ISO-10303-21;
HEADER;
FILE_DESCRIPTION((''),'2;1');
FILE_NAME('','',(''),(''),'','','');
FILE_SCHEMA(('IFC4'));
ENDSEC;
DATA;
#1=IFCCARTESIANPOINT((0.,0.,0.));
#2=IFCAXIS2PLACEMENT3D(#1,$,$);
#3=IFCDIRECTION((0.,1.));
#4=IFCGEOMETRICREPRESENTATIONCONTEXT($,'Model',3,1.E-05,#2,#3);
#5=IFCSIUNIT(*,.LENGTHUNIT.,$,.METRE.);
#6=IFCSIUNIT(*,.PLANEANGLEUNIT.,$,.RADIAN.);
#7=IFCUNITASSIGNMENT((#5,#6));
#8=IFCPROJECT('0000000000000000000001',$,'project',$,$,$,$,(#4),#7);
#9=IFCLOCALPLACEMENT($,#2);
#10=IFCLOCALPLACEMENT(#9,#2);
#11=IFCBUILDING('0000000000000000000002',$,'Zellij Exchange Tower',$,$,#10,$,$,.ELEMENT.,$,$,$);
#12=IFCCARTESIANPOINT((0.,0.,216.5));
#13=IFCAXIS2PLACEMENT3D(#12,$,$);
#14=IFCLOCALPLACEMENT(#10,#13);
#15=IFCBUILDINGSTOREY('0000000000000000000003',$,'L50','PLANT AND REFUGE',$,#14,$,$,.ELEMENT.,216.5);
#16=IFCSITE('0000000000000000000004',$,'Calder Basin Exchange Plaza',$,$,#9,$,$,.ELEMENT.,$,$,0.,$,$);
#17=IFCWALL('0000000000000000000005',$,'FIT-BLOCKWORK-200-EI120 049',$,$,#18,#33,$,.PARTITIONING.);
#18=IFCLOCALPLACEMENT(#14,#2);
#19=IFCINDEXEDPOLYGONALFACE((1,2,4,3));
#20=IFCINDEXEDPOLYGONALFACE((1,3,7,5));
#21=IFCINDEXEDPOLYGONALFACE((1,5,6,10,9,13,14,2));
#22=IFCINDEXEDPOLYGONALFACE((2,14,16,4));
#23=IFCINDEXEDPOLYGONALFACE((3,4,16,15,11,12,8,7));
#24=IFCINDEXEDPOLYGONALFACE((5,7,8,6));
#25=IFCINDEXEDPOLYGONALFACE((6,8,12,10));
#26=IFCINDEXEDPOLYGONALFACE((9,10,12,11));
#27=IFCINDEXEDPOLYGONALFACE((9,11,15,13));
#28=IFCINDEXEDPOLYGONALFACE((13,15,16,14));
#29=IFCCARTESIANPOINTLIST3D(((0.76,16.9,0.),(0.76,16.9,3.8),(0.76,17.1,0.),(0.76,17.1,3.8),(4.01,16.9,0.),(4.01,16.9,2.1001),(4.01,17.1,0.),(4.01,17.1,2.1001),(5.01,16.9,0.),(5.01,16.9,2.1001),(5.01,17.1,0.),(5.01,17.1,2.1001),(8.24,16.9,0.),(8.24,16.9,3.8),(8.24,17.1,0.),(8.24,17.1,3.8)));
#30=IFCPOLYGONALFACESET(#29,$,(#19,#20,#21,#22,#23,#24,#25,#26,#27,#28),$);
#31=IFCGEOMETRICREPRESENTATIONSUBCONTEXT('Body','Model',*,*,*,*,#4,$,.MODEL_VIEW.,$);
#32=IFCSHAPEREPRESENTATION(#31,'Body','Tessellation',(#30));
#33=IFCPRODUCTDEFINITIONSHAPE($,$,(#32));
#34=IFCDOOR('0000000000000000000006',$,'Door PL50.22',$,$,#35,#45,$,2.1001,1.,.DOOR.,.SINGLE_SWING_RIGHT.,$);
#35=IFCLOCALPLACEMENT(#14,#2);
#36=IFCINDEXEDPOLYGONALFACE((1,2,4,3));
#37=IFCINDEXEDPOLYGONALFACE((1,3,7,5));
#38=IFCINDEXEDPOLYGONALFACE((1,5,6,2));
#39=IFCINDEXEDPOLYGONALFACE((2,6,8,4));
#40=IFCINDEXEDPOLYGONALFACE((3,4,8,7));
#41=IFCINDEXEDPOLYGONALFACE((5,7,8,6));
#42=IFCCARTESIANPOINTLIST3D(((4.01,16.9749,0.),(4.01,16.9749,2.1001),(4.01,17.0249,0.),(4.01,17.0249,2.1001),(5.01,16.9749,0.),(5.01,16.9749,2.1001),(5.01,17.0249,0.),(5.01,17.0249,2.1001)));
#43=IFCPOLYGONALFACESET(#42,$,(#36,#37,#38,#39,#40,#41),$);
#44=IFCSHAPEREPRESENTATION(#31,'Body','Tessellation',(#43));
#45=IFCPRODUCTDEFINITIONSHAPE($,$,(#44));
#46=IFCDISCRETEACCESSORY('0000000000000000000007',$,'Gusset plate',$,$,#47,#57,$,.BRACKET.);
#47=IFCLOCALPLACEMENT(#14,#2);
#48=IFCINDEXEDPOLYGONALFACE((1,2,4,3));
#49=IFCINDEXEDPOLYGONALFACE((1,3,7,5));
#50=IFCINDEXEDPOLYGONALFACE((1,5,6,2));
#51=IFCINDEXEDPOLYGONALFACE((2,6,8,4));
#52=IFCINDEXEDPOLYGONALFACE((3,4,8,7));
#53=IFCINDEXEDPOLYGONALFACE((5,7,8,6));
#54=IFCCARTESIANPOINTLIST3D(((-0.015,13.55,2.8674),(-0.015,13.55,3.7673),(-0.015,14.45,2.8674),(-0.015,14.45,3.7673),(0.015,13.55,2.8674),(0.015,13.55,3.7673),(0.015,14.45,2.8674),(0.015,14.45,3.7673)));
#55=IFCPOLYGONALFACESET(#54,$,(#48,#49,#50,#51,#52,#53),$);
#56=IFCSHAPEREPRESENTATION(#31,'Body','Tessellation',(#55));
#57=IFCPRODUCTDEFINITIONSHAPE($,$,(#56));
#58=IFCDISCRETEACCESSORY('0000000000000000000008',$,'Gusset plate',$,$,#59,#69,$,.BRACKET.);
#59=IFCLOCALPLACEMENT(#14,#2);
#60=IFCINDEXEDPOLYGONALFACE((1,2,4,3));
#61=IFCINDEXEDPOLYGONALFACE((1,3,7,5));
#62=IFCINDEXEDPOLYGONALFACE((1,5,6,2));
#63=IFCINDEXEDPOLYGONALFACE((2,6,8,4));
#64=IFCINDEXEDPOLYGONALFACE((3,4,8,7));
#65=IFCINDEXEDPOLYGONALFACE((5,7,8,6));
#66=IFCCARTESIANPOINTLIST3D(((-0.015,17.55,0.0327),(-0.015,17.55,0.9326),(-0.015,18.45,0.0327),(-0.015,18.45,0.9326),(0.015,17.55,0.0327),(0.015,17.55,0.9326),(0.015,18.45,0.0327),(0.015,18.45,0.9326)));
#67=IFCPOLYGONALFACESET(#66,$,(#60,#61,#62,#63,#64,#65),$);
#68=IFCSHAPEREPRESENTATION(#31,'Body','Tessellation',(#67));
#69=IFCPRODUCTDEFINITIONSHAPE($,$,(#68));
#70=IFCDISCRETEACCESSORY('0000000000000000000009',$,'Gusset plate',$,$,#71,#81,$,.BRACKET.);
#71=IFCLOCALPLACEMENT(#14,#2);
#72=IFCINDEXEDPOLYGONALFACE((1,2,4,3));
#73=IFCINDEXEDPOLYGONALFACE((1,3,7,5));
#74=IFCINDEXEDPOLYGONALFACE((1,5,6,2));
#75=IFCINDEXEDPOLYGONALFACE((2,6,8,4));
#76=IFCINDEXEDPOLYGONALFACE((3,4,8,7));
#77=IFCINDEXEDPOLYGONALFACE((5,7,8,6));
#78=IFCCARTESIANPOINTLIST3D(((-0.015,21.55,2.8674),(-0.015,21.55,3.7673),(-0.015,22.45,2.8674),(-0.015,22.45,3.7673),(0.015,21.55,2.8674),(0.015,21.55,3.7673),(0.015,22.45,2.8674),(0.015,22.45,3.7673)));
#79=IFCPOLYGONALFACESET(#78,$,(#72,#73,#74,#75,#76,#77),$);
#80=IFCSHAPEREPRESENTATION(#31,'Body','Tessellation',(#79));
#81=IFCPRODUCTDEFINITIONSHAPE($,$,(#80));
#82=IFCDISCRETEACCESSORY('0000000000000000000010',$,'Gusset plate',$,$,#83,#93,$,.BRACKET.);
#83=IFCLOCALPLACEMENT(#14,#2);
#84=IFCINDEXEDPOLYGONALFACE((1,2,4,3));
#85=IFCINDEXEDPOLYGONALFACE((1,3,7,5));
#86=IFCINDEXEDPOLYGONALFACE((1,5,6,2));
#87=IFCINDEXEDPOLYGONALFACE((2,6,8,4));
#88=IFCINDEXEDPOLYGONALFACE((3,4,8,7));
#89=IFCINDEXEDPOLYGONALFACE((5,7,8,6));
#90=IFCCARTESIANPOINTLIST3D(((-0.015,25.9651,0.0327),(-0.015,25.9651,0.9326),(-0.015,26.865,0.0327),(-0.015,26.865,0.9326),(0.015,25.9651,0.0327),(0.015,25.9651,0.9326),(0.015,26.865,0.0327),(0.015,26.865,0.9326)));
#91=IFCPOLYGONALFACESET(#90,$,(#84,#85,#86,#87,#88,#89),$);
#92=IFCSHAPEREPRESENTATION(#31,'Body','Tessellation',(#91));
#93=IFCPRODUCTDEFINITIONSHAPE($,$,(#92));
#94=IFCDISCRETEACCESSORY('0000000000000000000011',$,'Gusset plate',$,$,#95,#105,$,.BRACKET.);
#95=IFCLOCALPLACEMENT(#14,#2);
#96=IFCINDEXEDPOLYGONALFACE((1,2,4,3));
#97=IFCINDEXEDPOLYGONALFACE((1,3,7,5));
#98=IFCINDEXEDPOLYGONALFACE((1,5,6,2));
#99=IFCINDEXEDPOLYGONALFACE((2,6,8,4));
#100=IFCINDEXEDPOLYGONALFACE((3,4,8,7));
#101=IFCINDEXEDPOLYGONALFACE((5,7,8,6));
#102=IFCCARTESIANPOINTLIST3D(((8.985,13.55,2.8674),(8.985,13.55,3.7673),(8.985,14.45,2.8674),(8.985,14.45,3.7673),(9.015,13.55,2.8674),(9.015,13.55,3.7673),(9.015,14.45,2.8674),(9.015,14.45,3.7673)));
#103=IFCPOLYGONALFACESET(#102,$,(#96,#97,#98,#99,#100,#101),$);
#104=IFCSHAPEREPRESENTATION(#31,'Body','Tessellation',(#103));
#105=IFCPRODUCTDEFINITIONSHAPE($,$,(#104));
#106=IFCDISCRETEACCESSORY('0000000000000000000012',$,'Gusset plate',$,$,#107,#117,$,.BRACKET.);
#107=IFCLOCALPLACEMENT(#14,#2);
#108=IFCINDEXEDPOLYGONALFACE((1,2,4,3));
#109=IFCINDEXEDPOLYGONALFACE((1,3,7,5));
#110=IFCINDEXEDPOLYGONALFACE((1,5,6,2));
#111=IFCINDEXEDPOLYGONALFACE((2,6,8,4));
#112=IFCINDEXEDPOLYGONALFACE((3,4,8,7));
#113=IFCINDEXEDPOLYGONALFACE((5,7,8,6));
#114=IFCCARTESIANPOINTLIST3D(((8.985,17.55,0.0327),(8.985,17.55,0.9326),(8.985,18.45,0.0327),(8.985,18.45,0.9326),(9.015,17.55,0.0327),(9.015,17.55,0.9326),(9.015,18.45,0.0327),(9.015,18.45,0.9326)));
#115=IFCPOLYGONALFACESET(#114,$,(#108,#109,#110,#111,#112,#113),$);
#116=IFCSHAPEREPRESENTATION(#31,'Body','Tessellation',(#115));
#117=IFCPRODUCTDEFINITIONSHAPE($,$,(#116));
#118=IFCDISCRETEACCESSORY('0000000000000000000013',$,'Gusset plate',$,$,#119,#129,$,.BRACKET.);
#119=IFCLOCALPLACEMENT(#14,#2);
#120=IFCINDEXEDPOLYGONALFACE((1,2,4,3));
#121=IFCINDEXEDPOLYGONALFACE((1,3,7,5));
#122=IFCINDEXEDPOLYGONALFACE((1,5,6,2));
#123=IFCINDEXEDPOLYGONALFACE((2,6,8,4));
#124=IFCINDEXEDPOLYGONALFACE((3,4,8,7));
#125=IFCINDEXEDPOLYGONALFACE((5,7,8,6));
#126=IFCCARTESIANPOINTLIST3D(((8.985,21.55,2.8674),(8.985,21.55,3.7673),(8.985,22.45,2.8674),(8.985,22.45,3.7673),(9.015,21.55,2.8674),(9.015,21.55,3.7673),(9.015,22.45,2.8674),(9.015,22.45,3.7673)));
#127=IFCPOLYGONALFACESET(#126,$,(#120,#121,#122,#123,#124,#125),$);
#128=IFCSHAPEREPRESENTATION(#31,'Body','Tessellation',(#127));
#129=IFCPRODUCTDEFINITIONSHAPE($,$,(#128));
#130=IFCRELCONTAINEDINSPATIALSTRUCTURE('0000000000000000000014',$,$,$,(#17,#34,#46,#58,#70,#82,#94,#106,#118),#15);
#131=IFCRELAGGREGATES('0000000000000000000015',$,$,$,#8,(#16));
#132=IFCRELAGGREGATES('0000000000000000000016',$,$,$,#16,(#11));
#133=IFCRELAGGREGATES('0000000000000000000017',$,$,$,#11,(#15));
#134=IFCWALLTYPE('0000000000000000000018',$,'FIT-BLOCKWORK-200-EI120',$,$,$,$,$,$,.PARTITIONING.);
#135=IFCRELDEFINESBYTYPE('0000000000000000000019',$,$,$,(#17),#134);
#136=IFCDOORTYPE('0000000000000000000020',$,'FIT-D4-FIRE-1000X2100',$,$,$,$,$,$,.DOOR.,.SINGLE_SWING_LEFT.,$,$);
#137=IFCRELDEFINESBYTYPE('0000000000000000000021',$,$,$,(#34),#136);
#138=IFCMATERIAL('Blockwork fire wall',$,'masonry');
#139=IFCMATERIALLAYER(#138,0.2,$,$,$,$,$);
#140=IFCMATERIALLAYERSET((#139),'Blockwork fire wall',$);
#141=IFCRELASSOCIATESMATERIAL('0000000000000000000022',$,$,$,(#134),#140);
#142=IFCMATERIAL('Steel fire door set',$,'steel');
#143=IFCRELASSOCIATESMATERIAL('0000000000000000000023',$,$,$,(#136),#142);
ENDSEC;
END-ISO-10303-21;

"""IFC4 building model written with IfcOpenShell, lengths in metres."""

from ifc_helpers import new_model, si_unit, direction, frame, frame_2d, origin, origin_2d, place, context, subcontext, project, spatial, rectangle, extrude, material, layer, layer_set, type_object, element, fill, save


model = new_model("IFC4")

# Units and contexts
model_context = context("Model", 3, precision=1e-05, world=origin(), true_north=direction((0.0, 1.0)))
body_context = subcontext(model_context, "Body", "Model", "MODEL_VIEW")
ifc_project = project(units=[si_unit("LENGTHUNIT", "METRE"), si_unit("PLANEANGLEUNIT", "RADIAN")], contexts=[model_context])

# Site, building, storey
site_placement = place(None, origin())
site = spatial("IfcSite", under=ifc_project, at=site_placement, Name="Calder Basin Exchange Plaza", CompositionType="ELEMENT", RefElevation=0.0)
building_placement = place(site_placement, origin())
building = spatial("IfcBuilding", under=site, at=building_placement, Name="Zellij Exchange Tower", CompositionType="ELEMENT")
storey_placement = place(building_placement, frame((0.0, 0.0, 216.5)))
storey = spatial("IfcBuildingStorey", under=building, at=storey_placement, Name="L50", Description="PLANT AND REFUGE", CompositionType="ELEMENT", Elevation=216.5)

# Wall, opening, door
ifc_material_1 = material(Name="Blockwork fire wall", Category="masonry")
ifc_layer = layer(ifc_material_1, 0.2)
ifc_layer_set = layer_set([ifc_layer], Name="Blockwork fire wall")
wall_type = type_object("IfcWallType", Name="FIT-BLOCKWORK-200-EI120", PredefinedType="PARTITIONING", material=ifc_layer_set)
ifc_material_2 = material(Name="Steel fire door set", Category="steel")
door_type = type_object("IfcDoorType", Name="FIT-D4-FIRE-1000X2100", OperationType="SINGLE_SWING_LEFT", PredefinedType="DOOR", material=ifc_material_2)
wall_1_placement = place(storey_placement, frame((0.76, 17.0, 0.0), z_axis=(0.0, 0.0, 1.0), x_axis=(1.0, 0.0, 0.0)))
wall_1 = element("IfcWall", 1, at=wall_1_placement, inside=storey, type_object=wall_type, Name="FIT-BLOCKWORK-200-EI120 049", PredefinedType="PARTITIONING", context=body_context, shape_type="SweptSolid", body=[
    extrude(rectangle(XDim=7.48, YDim=0.2, at=frame_2d((3.74, 0.0))), origin(), (0.0, 0.0, 1.0), 3.8),
])
opening_1_placement = place(wall_1_placement, frame((3.25, 0.0, 0.0)))
opening_1 = element("IfcOpeningElement", 2, at=opening_1_placement, cuts=wall_1, PredefinedType="OPENING", context=body_context, shape_type="SweptSolid", body=[
    extrude(rectangle(XDim=1.0, YDim=2.1001, at=frame_2d((0.5, 1.05))), frame((0.0, 0.1118, 0.0), z_axis=(0.0, -1.0, 0.0), x_axis=(1.0, 0.0, 0.0)), (0.0, 0.0, 1.0), 0.2239),
])
door_1_placement = place(opening_1_placement, origin())
door_1 = element("IfcDoor", 3, at=door_1_placement, inside=storey, type_object=door_type, Name="Door PL50.22", OperationType="SINGLE_SWING_RIGHT", OverallHeight=2.1001, OverallWidth=1.0, PredefinedType="DOOR", context=body_context, shape_type="SweptSolid", body=[
    extrude(rectangle(XDim=1.0, YDim=2.1001, at=frame_2d((0.5, 1.05))), frame((0.0, 0.0249, 0.0), z_axis=(0.0, -1.0, 0.0), x_axis=(1.0, 0.0, 0.0)), (0.0, 0.0, 1.0), 0.05),
])
fill(opening_1, door_1)

# Discrete accessories
for number, where, z_axis, x_axis, name in (
    (4, (0.0, 14.0, 2.8674), (0.0, 0.0, 1.0), (0.0, 1.0, 0.0), "Gusset plate"),
    (5, (0.0, 18.0, 0.0327), (0.0, 0.0, 1.0), (0.0, 1.0, 0.0), "Gusset plate"),
    (6, (0.0, 22.0, 2.8674), (0.0, 0.0, 1.0), (0.0, 1.0, 0.0), "Gusset plate"),
    (7, (0.0, 26.415, 0.0327), (0.0, 0.0, 1.0), (0.0, 1.0, 0.0), "Gusset plate"),
    (8, (9.0, 14.0, 2.8674), (0.0, 0.0, 1.0), (0.0, 1.0, 0.0), "Gusset plate"),
    (9, (9.0, 18.0, 0.0327), (0.0, 0.0, 1.0), (0.0, 1.0, 0.0), "Gusset plate"),
    (10, (9.0, 22.0, 2.8674), (0.0, 0.0, 1.0), (0.0, 1.0, 0.0), "Gusset plate"),
):
    element("IfcDiscreteAccessory", number, at=place(storey_placement, frame(where, z_axis=z_axis, x_axis=x_axis)), inside=storey, Name=name, PredefinedType="BRACKET", context=body_context, shape_type="SweptSolid", body=[
        extrude(rectangle(XDim=0.8999, YDim=0.03, at=origin_2d()), origin(), (0.0, 0.0, 1.0), 0.8999),
    ])

save(model, "model.ifc")
